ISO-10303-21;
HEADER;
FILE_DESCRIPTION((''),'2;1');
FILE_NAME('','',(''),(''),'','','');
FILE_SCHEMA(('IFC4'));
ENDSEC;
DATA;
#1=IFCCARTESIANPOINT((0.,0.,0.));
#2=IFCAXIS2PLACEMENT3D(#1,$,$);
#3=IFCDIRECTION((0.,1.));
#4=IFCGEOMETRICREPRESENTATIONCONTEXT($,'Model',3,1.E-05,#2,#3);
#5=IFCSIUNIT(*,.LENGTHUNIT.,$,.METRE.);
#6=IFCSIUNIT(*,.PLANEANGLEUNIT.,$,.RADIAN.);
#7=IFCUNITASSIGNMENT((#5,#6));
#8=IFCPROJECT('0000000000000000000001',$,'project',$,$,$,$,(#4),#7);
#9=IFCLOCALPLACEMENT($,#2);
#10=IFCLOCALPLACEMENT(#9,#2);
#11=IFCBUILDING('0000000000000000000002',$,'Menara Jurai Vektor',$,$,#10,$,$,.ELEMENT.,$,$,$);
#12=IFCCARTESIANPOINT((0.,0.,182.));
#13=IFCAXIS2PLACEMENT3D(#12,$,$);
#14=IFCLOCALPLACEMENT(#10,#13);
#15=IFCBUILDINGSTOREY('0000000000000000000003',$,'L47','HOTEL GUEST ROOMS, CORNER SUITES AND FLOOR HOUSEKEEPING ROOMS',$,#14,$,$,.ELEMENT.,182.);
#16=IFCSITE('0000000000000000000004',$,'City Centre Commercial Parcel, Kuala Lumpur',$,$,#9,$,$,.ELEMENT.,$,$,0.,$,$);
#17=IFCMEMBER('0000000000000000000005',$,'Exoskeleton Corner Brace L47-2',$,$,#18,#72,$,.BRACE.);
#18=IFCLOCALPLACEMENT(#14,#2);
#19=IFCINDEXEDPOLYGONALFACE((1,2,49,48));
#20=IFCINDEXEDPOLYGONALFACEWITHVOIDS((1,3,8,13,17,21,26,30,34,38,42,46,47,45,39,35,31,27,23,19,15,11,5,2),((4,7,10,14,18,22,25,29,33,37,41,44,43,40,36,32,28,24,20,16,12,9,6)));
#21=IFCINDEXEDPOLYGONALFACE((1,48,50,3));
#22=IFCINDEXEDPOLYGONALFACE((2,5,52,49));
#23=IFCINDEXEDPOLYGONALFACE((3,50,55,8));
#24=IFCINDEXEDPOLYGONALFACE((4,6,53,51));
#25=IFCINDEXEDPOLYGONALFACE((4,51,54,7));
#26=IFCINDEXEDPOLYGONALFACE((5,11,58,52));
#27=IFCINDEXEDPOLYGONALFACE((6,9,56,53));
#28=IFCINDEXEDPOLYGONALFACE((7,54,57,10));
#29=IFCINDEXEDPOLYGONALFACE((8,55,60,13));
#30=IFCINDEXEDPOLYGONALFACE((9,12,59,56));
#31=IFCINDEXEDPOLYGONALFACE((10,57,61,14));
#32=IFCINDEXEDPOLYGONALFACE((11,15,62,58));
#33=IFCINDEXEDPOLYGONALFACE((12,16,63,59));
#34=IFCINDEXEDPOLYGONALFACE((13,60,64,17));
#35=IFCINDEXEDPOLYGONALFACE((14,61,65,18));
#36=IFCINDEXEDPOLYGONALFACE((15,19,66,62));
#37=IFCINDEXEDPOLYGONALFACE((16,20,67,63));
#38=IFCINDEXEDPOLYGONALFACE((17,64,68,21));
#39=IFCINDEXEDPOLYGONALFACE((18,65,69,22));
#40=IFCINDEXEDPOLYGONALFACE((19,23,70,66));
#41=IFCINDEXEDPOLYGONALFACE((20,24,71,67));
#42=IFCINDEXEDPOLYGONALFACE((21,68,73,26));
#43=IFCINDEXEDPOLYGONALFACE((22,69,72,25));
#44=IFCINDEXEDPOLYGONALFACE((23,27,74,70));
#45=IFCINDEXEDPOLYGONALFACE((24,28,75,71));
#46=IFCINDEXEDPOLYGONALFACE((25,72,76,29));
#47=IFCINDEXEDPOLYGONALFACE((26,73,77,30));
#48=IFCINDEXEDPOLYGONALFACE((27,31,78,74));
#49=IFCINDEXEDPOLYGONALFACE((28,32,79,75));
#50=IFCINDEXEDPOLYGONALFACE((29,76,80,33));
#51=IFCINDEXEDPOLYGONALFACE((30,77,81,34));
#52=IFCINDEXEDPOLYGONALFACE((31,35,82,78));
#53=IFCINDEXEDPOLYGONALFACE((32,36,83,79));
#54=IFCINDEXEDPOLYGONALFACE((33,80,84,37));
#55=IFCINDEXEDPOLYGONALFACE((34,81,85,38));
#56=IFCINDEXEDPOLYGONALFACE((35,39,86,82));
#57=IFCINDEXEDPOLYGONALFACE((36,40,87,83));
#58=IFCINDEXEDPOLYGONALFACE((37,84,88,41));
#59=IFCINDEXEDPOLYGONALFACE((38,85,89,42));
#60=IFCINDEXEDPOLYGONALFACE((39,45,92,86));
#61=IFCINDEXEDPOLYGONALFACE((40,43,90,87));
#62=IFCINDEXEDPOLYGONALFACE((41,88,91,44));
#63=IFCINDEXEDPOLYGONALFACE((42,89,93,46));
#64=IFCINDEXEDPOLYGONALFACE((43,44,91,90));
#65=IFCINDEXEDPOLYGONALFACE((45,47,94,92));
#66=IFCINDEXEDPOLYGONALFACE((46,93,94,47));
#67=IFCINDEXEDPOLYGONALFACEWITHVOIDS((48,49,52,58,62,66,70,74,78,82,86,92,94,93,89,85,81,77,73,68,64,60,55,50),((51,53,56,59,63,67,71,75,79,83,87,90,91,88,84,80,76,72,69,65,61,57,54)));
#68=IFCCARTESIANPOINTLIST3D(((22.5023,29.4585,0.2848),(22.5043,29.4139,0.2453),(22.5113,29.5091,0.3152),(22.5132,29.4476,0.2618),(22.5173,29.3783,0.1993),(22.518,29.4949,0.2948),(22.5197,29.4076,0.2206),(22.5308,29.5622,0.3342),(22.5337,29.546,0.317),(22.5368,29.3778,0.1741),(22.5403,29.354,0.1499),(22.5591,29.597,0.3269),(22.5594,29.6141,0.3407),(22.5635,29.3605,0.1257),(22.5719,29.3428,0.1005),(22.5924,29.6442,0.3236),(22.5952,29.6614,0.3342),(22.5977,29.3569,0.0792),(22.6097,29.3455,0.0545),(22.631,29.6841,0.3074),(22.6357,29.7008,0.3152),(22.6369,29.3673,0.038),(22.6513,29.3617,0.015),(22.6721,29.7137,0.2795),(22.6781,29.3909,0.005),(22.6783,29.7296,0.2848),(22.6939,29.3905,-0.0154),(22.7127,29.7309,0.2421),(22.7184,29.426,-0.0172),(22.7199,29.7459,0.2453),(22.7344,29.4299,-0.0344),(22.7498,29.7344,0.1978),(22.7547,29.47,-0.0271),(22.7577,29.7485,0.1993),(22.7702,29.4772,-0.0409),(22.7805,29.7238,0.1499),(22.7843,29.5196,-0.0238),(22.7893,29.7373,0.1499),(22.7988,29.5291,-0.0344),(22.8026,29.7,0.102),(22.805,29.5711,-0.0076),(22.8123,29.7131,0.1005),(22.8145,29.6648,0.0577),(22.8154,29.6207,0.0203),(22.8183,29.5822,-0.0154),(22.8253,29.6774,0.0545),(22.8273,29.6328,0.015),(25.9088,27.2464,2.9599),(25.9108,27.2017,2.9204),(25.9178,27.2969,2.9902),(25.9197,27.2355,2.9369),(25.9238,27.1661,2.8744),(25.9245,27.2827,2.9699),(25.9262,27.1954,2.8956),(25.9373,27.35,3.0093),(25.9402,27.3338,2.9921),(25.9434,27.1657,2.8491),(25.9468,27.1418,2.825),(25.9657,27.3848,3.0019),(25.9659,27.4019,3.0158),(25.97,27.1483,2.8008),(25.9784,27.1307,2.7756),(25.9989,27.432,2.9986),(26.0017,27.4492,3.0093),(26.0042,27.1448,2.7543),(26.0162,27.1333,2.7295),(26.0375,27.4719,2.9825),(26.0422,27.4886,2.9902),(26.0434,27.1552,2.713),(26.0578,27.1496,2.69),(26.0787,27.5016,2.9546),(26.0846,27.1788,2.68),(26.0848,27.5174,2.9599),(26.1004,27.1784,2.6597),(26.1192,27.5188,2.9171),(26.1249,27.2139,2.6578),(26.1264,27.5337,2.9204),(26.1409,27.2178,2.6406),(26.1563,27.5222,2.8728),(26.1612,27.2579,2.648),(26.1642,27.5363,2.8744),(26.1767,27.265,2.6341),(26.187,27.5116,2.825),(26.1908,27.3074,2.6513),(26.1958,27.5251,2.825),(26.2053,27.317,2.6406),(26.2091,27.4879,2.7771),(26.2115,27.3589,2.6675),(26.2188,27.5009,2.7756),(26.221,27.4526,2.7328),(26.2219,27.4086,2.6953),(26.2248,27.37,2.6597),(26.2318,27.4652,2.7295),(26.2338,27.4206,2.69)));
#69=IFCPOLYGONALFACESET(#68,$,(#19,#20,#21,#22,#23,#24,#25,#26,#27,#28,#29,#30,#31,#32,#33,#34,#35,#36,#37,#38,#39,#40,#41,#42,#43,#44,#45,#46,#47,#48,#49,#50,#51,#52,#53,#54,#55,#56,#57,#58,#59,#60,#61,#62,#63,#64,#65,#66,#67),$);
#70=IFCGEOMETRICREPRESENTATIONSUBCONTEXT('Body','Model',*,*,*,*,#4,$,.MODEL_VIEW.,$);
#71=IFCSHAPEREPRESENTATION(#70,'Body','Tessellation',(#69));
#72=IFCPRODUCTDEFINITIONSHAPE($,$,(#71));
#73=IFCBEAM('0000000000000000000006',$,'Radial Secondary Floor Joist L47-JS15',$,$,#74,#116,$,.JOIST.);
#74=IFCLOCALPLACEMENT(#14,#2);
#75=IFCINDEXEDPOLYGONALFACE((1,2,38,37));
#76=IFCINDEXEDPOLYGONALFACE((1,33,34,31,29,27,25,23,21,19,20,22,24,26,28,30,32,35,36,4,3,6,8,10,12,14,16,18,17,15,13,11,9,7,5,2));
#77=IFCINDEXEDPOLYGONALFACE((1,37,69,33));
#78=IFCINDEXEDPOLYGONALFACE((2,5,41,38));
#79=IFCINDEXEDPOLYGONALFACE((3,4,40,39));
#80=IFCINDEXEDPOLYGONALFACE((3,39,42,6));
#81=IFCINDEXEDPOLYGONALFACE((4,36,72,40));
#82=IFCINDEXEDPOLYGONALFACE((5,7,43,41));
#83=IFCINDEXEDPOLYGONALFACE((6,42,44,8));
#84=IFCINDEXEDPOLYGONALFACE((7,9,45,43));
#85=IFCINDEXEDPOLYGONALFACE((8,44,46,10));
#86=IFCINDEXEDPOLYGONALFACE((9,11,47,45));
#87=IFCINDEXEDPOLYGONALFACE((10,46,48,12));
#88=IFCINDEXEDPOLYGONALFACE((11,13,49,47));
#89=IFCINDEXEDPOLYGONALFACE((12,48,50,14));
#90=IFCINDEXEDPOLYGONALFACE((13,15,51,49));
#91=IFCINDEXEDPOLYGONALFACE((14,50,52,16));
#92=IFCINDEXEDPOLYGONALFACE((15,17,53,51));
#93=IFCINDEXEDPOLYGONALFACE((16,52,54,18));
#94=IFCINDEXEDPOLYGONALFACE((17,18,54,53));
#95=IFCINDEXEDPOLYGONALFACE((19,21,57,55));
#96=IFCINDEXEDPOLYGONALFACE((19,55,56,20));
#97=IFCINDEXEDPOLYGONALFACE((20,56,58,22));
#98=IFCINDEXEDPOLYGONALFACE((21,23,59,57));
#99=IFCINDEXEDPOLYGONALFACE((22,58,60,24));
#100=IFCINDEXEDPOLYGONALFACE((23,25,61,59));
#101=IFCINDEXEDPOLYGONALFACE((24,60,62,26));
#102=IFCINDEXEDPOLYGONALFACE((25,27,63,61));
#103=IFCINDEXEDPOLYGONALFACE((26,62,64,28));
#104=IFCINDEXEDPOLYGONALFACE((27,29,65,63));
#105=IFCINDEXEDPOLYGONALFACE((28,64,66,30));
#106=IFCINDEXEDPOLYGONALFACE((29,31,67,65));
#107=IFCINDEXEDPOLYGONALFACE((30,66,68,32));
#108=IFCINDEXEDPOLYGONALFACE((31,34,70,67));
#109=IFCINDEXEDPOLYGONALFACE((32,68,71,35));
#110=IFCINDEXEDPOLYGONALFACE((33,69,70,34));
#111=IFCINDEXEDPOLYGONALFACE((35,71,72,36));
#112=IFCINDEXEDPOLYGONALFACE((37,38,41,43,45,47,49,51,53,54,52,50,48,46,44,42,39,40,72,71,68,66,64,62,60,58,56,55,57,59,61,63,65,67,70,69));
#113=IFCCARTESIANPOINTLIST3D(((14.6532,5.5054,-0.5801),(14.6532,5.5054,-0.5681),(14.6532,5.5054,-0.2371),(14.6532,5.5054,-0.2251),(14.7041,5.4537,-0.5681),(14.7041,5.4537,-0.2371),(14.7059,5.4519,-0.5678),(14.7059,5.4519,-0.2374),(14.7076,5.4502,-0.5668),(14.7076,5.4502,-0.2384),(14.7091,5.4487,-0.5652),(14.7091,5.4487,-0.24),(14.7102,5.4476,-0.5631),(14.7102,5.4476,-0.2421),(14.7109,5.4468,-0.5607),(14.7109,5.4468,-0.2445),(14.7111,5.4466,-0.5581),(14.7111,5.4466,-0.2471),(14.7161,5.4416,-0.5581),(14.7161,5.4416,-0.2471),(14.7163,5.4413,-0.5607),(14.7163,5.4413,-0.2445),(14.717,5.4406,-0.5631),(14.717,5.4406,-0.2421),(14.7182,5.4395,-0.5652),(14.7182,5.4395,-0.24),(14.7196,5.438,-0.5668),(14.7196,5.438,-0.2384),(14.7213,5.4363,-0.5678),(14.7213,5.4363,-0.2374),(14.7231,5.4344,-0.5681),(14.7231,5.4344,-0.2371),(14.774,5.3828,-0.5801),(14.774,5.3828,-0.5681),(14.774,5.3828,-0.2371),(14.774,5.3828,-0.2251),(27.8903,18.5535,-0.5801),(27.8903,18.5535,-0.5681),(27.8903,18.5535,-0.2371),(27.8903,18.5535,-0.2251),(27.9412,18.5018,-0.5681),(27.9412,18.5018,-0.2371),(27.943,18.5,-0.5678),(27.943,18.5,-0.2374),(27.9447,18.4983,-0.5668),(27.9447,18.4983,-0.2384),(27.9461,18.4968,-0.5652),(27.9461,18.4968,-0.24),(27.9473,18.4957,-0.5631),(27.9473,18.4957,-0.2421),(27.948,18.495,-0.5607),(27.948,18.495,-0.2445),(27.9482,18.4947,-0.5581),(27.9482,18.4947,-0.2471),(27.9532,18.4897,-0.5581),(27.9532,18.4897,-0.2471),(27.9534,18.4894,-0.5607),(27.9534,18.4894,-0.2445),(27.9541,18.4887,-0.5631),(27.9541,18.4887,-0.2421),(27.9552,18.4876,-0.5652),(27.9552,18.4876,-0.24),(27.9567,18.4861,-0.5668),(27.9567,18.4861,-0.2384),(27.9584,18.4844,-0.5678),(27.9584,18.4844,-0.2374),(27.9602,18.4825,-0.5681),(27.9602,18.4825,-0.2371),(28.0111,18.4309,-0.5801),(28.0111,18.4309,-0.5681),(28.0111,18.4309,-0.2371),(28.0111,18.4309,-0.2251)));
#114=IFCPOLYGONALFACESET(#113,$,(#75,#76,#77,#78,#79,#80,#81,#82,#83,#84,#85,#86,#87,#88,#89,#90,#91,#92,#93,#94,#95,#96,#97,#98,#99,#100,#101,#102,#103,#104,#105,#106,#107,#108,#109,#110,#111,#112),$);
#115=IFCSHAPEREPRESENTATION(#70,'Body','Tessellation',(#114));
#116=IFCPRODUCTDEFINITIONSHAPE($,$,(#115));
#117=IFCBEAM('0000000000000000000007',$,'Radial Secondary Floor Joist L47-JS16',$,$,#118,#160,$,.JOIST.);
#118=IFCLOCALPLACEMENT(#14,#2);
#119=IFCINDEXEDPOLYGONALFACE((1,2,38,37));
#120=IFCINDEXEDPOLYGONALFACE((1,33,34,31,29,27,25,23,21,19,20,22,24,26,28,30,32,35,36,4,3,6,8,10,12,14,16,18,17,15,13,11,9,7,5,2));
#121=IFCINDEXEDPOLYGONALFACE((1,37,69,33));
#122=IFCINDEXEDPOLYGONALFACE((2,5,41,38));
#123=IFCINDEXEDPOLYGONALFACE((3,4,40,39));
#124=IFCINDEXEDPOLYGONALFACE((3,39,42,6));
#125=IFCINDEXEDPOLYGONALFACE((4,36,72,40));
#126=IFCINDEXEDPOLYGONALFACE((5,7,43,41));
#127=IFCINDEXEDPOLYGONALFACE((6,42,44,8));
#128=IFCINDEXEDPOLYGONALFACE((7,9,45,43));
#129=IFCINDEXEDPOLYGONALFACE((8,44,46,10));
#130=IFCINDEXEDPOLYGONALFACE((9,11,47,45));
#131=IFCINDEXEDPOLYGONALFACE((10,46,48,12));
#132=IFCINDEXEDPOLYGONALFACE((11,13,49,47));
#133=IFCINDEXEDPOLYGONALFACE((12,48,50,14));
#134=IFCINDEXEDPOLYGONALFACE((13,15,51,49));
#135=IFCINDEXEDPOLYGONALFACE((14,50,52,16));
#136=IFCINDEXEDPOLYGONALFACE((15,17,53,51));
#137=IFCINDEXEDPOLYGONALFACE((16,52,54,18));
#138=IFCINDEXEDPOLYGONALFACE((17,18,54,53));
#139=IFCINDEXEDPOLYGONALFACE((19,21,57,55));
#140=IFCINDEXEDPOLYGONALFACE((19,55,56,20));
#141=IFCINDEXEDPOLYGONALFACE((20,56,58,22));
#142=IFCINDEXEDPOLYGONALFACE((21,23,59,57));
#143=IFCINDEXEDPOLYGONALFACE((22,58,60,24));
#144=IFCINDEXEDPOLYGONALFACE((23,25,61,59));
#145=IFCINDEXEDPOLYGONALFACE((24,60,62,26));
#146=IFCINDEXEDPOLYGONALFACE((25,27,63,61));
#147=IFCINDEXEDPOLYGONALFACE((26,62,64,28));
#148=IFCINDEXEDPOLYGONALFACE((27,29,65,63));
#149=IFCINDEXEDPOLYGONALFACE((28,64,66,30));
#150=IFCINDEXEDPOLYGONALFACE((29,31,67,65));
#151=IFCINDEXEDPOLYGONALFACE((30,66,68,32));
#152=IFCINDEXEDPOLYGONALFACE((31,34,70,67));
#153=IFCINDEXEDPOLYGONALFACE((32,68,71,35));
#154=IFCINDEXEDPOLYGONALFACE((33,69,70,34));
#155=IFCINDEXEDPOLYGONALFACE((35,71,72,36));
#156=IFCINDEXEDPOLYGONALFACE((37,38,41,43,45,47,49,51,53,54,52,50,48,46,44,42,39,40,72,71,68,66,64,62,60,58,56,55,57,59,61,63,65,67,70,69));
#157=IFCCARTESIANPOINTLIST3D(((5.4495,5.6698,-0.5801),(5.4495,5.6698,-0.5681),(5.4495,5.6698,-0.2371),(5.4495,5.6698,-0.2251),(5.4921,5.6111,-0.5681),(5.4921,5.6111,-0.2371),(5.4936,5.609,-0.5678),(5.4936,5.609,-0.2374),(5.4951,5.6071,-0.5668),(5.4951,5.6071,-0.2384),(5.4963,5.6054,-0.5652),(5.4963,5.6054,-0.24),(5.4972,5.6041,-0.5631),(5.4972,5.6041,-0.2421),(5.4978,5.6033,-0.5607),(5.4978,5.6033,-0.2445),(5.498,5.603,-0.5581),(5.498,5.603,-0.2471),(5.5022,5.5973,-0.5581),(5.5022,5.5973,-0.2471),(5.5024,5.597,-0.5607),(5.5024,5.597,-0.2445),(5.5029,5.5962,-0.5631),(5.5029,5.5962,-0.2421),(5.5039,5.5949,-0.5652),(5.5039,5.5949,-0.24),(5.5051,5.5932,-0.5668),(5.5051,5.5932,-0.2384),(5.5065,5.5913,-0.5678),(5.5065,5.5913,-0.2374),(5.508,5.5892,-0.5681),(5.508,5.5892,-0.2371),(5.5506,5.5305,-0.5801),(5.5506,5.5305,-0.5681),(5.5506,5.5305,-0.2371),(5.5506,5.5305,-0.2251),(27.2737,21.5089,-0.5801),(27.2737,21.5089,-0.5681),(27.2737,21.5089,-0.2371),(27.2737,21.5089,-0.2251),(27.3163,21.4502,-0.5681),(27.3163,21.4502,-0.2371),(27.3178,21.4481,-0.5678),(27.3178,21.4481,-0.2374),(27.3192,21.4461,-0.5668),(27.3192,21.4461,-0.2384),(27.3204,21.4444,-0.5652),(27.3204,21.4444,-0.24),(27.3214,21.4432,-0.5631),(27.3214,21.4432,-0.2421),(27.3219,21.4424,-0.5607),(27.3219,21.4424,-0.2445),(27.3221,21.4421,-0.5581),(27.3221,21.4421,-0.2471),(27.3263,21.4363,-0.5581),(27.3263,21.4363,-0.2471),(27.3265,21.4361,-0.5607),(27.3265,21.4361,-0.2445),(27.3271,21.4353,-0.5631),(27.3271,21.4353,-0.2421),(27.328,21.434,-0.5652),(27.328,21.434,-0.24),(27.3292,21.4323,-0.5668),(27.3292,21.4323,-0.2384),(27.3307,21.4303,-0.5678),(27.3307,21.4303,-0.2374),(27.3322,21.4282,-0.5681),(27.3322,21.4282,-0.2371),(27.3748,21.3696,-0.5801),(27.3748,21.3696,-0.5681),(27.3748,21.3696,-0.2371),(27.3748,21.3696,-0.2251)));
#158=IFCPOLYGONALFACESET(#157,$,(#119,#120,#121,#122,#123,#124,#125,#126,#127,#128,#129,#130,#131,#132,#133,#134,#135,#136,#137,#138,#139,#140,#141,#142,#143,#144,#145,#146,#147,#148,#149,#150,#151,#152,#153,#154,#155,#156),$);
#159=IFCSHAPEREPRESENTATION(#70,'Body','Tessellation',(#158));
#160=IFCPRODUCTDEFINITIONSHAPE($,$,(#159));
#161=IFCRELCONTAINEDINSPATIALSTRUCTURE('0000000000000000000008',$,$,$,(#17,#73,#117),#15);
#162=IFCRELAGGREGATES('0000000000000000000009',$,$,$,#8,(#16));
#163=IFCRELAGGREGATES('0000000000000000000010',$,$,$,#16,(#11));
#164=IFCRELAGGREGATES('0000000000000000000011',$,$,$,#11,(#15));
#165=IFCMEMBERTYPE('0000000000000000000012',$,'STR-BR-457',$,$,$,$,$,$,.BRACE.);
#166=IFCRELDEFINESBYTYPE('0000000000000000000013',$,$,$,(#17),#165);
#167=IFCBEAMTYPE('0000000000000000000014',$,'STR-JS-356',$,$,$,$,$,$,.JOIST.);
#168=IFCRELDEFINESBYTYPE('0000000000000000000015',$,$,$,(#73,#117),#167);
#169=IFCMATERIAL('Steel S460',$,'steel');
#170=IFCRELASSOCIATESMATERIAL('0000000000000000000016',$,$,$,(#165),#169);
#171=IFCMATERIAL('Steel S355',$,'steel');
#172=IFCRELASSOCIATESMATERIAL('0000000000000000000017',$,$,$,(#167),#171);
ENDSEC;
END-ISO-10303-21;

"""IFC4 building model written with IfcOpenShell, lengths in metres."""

from ifc_helpers import new_model, si_unit, direction, frame, origin, origin_2d, place, context, subcontext, project, spatial, hollow_circle, i_section, extrude, material, material_profile, profile_set, type_object, element, save


model = new_model("IFC4")

# Units and contexts
model_context = context("Model", 3, precision=1e-05, world=origin(), true_north=direction((0.0, 1.0)))
body_context = subcontext(model_context, "Body", "Model", "MODEL_VIEW")
ifc_project = project(units=[si_unit("LENGTHUNIT", "METRE"), si_unit("PLANEANGLEUNIT", "RADIAN")], contexts=[model_context])

# Site, building, storey
site_placement = place(None, origin())
site = spatial("IfcSite", under=ifc_project, at=site_placement, Name="City Centre Commercial Parcel, Kuala Lumpur", CompositionType="ELEMENT", RefElevation=0.0)
building_placement = place(site_placement, origin())
building = spatial("IfcBuilding", under=site, at=building_placement, Name="Menara Jurai Vektor", CompositionType="ELEMENT")
storey_placement = place(building_placement, frame((0.0, 0.0, 182.0)))
storey = spatial("IfcBuildingStorey", under=building, at=storey_placement, Name="L47", Description="HOTEL GUEST ROOMS, CORNER SUITES AND FLOOR HOUSEKEEPING ROOMS", CompositionType="ELEMENT", Elevation=182.0)

# Shared definitions
ifc_material_1 = material(Name="Steel S460", Category="steel")

# Shared definitions
ifc_material_2 = material(Name="Steel S355", Category="steel")

# Member
ifc_material_profile_1 = material_profile(ifc_material_1, hollow_circle(Radius=0.2285, WallThickness=0.0161, at=origin_2d()), Name="CHS 457x16")
ifc_profile_set_1 = profile_set([ifc_material_profile_1], Name="Steel S460")
member_type_1 = type_object("IfcMemberType", Name="STR-BR-457", PredefinedType="BRACE", material=ifc_profile_set_1)
member_1_placement = place(storey_placement, frame((22.6648, 29.5457, 0.1499), z_axis=(0.700419, -0.454848, 0.550024), x_axis=(0.544631, 0.838676, 0.0)))
element("IfcMember", 1, at=member_1_placement, inside=storey, type_object=member_type_1, Name="Exoskeleton Corner Brace L47-2", PredefinedType="BRACE", context=body_context, shape_type="SweptSolid", body=[
    extrude(hollow_circle(Radius=0.2285, WallThickness=0.0161, at=origin_2d()), origin(), (0.0, 0.0, 1.0), 4.8635),
])

# Beams
ifc_material_profile_2 = material_profile(ifc_material_2, i_section(OverallWidth=0.1721, OverallDepth=0.355, WebThickness=0.0071, FlangeThickness=0.012, FilletRadius=0.01, at=origin_2d()), Name="UKB 356x171x51")
ifc_profile_set_2 = profile_set([ifc_material_profile_2], Name="Steel S355")
beam_type_1 = type_object("IfcBeamType", Name="STR-JS-356", PredefinedType="JOIST", material=ifc_profile_set_2)
beam_1_placement = place(storey_placement, frame((27.9507, 18.4922, -0.4026), z_axis=(-0.712172, -0.702005, 0.0), x_axis=(0.702005, -0.712172, 0.0)))
element("IfcBeam", 2, at=beam_1_placement, inside=storey, type_object=beam_type_1, Name="Radial Secondary Floor Joist L47-JS15", PredefinedType="JOIST", context=body_context, shape_type="SweptSolid", body=[
    extrude(i_section(OverallWidth=0.1721, OverallDepth=0.355, WebThickness=0.0071, FlangeThickness=0.012, FilletRadius=0.01, at=origin_2d()), origin(), (0.0, 0.0, 1.0), 18.5869),
])
beam_2_placement = place(storey_placement, frame((27.3242, 21.4392, -0.4026), z_axis=(-0.809319, -0.58737, 0.0), x_axis=(0.58737, -0.809319, 0.0)))
element("IfcBeam", 3, at=beam_2_placement, inside=storey, type_object=beam_type_1, Name="Radial Secondary Floor Joist L47-JS16", PredefinedType="JOIST", context=body_context, shape_type="SweptSolid", body=[
    extrude(i_section(OverallWidth=0.1721, OverallDepth=0.355, WebThickness=0.0071, FlangeThickness=0.012, FilletRadius=0.01, at=origin_2d()), origin(), (0.0, 0.0, 1.0), 26.9661),
])

save(model, "model.ifc")
